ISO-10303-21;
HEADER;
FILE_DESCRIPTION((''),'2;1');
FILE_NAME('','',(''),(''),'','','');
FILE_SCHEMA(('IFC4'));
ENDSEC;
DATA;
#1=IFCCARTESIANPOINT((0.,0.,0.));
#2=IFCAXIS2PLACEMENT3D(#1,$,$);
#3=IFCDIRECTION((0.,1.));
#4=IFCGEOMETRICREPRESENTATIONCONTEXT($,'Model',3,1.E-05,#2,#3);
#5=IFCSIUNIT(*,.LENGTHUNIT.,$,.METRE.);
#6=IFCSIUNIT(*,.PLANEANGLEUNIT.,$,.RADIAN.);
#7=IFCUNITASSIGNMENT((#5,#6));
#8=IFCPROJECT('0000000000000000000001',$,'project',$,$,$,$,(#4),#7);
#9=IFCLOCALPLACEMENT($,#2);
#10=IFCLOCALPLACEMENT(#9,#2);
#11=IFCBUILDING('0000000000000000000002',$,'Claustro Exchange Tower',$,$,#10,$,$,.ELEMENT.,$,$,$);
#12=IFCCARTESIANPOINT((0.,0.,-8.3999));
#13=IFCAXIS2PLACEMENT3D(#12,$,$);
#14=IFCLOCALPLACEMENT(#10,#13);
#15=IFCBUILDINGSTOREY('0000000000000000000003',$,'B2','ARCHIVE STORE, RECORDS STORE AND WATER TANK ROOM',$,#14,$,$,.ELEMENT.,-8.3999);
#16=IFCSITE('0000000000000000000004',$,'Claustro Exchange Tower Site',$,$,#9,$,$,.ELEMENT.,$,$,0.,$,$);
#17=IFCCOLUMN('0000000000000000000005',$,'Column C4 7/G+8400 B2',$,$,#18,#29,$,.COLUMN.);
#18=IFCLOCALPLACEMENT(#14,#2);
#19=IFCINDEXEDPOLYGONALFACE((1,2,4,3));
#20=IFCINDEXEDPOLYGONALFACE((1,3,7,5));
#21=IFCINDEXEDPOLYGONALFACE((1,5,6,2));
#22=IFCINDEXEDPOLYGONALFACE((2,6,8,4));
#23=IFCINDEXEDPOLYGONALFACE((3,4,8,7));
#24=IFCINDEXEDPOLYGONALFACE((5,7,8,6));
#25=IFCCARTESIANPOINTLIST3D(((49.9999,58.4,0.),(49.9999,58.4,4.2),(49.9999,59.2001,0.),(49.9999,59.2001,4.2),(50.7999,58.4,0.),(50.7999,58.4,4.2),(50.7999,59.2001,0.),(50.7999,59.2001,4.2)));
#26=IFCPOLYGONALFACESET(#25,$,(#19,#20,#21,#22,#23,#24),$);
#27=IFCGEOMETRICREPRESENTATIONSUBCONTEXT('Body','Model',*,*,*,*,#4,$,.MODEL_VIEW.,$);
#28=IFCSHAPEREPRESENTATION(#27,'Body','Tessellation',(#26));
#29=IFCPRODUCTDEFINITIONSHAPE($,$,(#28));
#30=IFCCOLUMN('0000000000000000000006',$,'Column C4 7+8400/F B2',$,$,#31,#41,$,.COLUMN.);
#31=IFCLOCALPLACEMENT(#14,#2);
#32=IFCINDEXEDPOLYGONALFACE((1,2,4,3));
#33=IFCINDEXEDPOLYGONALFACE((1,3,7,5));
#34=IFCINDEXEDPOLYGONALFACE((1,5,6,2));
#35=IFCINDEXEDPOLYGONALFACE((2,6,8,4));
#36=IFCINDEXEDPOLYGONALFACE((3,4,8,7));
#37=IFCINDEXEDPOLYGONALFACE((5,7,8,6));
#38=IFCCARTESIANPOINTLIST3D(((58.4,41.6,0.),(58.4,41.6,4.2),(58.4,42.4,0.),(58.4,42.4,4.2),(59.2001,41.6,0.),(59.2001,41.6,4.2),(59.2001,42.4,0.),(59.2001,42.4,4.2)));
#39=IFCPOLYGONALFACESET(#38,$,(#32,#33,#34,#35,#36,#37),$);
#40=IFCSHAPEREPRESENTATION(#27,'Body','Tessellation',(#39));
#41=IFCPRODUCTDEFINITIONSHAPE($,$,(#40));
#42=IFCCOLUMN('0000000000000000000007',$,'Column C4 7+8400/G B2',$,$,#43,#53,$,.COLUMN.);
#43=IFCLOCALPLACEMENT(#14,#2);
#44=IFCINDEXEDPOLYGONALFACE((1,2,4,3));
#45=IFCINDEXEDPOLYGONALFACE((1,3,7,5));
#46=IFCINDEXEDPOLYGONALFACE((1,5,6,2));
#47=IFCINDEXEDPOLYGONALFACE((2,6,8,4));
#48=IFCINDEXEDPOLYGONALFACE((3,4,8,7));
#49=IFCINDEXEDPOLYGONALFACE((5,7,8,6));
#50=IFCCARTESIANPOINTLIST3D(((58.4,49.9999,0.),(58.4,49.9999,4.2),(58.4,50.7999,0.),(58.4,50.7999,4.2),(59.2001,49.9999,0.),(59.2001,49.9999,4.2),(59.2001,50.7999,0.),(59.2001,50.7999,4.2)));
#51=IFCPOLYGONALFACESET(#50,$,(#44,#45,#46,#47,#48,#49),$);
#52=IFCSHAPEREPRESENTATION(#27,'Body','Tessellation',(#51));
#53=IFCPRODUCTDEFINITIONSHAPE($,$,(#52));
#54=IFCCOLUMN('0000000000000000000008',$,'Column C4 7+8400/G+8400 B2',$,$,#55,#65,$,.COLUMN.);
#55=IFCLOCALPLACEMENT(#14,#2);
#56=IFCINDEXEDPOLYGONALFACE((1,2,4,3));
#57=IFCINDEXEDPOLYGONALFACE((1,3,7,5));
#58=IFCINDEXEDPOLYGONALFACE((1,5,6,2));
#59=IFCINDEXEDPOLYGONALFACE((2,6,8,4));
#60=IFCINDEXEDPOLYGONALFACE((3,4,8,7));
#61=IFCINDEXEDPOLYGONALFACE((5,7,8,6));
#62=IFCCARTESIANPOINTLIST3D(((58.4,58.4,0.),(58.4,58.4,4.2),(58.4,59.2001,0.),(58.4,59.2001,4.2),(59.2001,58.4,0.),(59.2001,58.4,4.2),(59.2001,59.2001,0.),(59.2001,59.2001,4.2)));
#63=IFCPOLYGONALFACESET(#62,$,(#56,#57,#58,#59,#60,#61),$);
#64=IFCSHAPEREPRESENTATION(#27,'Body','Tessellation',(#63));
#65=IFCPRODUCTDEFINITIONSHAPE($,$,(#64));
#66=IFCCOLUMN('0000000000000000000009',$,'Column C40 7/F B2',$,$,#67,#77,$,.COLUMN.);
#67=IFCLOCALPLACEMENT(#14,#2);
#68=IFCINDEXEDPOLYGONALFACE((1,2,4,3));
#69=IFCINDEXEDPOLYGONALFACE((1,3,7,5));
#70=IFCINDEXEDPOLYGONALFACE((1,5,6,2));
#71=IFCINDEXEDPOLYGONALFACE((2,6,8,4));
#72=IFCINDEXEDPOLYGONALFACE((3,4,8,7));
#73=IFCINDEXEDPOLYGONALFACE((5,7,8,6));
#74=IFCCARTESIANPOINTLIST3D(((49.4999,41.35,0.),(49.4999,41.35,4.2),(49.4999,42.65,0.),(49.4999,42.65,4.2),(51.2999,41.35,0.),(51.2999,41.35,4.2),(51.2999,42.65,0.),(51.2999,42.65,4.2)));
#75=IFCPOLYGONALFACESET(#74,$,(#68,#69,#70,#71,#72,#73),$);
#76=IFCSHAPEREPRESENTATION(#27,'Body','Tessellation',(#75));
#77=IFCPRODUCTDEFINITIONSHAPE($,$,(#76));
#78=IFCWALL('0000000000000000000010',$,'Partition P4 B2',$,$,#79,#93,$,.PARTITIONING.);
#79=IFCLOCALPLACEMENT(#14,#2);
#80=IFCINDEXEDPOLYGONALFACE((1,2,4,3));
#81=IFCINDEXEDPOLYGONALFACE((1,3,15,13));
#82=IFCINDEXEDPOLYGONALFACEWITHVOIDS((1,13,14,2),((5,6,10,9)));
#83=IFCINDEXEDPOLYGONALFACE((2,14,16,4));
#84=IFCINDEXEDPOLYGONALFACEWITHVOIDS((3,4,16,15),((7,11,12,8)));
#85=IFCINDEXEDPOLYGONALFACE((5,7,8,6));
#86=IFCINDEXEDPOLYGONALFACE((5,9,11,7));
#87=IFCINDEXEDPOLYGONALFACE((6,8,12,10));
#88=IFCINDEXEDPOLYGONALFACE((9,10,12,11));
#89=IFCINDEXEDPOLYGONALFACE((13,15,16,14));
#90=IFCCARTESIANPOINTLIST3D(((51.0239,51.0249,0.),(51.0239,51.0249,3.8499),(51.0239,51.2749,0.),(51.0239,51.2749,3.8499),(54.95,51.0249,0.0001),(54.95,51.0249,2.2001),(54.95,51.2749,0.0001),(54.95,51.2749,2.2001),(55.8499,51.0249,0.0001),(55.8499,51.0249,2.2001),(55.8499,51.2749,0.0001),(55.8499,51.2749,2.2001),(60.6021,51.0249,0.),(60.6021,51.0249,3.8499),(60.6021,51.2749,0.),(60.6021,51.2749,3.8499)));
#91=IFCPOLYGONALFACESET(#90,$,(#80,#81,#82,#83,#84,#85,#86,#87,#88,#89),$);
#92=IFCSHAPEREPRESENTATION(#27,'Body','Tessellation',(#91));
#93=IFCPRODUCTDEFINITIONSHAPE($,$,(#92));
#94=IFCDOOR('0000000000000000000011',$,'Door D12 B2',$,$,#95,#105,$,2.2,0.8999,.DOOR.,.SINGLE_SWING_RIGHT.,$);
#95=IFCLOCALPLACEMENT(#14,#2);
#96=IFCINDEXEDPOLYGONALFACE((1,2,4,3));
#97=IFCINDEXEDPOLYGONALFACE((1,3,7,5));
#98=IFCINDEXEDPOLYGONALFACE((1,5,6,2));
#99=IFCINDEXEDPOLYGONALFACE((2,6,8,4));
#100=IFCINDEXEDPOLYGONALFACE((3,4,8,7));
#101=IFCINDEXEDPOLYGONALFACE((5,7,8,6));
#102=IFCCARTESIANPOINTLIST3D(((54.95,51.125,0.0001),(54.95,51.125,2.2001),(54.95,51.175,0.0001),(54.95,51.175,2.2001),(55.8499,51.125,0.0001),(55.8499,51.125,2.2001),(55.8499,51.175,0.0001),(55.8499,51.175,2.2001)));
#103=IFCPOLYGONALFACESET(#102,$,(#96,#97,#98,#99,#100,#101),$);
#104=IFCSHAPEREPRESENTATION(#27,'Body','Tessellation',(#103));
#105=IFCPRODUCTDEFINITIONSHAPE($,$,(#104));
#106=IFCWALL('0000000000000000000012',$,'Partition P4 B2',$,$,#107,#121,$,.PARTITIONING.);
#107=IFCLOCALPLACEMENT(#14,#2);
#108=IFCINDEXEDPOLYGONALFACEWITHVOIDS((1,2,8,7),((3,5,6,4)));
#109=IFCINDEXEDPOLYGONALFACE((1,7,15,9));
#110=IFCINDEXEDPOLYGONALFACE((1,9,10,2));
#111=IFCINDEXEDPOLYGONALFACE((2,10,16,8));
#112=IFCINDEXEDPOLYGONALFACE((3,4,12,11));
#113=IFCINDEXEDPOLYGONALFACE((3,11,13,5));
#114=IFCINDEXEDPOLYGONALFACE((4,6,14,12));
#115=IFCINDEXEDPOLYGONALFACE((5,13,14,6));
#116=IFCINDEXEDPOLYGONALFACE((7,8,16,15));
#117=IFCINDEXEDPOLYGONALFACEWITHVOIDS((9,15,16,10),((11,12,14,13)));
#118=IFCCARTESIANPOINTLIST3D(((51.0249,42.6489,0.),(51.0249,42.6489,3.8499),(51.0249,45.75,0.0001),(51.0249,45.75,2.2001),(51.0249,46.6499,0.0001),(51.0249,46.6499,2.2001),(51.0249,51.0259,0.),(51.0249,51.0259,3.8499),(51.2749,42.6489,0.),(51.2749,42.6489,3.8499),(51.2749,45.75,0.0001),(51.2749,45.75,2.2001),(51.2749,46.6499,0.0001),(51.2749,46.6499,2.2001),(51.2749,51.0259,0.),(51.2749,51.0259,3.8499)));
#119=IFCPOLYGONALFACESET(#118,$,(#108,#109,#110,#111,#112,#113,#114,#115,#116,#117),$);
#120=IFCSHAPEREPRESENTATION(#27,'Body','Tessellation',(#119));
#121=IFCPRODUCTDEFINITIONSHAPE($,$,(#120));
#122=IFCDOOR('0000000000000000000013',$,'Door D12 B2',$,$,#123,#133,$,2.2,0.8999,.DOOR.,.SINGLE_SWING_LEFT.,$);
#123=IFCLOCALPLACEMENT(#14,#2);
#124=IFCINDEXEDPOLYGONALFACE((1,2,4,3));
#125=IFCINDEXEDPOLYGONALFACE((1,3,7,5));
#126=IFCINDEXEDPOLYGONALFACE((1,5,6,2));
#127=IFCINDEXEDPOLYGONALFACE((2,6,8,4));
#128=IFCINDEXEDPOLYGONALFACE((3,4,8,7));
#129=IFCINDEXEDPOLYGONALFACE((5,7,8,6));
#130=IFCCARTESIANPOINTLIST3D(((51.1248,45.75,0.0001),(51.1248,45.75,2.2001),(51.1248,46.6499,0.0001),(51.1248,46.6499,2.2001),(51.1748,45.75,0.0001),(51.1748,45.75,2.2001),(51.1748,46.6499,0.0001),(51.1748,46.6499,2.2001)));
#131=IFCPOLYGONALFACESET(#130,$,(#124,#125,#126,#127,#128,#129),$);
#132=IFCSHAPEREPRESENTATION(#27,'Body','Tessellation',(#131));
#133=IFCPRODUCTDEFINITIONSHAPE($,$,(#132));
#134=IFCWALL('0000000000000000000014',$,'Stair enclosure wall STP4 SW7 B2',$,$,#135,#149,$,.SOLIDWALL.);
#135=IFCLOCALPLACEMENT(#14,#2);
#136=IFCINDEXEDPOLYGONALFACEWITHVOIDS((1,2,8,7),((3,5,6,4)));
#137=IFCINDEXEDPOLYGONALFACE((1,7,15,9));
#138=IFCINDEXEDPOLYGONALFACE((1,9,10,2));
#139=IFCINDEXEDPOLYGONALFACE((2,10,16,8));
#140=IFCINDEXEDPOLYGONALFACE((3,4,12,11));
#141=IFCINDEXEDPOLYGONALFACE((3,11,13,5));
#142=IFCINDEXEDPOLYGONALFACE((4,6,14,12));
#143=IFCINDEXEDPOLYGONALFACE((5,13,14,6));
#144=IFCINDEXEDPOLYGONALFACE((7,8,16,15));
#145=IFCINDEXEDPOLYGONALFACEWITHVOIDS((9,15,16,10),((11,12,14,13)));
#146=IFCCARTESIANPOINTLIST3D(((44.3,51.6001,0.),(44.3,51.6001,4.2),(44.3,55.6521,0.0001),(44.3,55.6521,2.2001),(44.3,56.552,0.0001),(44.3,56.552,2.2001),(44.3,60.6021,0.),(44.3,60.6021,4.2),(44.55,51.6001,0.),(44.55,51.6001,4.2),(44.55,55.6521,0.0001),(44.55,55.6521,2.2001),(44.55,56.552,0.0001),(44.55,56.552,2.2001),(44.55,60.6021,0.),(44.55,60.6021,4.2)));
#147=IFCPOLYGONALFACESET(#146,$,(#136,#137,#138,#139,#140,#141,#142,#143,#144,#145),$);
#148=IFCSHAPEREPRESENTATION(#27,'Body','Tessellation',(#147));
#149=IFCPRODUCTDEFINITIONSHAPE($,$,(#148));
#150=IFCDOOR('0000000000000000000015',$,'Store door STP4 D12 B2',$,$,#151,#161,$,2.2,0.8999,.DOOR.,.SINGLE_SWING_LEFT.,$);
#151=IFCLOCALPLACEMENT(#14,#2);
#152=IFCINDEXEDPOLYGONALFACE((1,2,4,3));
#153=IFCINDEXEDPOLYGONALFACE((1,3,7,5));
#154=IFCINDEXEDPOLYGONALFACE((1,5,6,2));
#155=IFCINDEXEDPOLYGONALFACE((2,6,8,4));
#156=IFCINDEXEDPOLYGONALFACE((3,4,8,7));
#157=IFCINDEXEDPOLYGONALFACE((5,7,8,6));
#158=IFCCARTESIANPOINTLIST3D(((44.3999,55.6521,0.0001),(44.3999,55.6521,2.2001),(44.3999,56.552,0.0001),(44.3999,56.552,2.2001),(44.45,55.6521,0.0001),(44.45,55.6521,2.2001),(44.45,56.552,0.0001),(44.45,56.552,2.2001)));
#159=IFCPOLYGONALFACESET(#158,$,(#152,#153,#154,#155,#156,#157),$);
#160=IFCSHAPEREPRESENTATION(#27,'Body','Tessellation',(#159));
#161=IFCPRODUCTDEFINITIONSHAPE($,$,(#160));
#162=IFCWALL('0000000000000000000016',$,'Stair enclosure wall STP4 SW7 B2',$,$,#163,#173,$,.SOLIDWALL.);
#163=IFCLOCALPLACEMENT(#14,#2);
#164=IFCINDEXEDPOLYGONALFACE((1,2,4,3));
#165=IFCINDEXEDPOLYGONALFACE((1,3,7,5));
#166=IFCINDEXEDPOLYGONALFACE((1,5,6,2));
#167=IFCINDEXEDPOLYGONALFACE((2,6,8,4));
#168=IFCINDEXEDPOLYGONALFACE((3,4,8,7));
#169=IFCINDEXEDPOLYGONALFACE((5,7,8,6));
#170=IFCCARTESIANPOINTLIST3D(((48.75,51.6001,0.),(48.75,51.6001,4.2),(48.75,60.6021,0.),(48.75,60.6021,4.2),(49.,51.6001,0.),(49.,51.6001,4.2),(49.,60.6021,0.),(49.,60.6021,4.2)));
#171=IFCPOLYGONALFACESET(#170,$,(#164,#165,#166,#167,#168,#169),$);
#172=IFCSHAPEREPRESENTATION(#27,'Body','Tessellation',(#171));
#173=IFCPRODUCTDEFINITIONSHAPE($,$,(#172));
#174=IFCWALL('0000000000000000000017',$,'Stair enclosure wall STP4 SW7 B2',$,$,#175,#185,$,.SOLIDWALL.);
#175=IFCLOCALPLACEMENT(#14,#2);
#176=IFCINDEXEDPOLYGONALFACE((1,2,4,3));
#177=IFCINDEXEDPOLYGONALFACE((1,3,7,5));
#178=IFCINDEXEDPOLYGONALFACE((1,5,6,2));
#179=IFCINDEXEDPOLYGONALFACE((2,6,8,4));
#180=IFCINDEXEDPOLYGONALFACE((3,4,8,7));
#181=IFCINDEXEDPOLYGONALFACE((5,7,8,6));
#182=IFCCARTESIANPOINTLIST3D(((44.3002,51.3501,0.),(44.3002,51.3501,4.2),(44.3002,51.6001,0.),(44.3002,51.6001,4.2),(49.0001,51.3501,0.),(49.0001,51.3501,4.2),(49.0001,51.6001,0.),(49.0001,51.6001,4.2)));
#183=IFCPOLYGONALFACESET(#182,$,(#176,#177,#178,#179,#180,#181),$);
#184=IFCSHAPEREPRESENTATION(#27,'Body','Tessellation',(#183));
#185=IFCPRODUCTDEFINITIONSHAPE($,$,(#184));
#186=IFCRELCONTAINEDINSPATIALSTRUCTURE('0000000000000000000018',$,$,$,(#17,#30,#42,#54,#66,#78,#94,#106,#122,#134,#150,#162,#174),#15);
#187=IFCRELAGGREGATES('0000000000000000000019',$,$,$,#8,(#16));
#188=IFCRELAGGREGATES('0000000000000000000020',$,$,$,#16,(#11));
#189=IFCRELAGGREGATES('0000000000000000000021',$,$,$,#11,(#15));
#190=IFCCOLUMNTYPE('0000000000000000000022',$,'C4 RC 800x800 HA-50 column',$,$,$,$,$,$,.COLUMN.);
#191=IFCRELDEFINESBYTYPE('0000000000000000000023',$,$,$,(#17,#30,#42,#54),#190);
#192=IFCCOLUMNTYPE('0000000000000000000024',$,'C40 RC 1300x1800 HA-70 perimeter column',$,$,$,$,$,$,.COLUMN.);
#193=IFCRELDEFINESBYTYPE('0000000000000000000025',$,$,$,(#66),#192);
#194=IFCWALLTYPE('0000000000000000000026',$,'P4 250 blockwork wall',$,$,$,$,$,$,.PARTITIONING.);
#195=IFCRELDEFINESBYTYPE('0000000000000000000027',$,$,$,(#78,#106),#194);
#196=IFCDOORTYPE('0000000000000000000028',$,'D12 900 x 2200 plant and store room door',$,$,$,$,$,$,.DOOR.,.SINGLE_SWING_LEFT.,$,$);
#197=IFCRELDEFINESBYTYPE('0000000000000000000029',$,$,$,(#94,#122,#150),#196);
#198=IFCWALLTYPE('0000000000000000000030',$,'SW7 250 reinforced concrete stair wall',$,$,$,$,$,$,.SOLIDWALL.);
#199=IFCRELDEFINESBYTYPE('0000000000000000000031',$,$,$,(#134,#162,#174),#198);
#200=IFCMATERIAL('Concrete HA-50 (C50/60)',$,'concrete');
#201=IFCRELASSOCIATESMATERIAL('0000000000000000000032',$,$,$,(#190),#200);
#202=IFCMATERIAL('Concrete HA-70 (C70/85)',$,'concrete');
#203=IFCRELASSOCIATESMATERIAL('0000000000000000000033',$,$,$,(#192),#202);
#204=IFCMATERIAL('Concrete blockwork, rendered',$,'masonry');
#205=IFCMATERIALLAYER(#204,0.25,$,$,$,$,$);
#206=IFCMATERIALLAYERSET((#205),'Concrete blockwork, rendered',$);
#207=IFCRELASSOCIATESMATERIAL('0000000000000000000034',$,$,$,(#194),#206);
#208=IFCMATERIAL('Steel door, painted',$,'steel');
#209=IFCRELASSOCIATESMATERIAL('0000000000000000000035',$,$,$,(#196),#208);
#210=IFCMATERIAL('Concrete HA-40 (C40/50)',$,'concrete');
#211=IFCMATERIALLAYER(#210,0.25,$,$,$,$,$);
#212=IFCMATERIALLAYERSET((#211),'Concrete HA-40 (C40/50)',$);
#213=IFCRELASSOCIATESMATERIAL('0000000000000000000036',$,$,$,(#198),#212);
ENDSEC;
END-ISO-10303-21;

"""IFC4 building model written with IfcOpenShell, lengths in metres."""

from ifc_helpers import new_model, si_unit, direction, frame, frame_2d, origin, origin_2d, place, context, subcontext, project, spatial, rectangle, extrude, material, layer, layer_set, material_profile, profile_set, type_object, element, fill, save


model = new_model("IFC4")

# Units and contexts
model_context = context("Model", 3, precision=1e-05, world=origin(), true_north=direction((0.0, 1.0)))
body_context = subcontext(model_context, "Body", "Model", "MODEL_VIEW")
ifc_project = project(units=[si_unit("LENGTHUNIT", "METRE"), si_unit("PLANEANGLEUNIT", "RADIAN")], contexts=[model_context])

# Site, building, storey
site_placement = place(None, origin())
site = spatial("IfcSite", under=ifc_project, at=site_placement, Name="Claustro Exchange Tower Site", CompositionType="ELEMENT", RefElevation=0.0)
building_placement = place(site_placement, origin())
building = spatial("IfcBuilding", under=site, at=building_placement, Name="Claustro Exchange Tower", CompositionType="ELEMENT")
storey_placement = place(building_placement, frame((0.0, 0.0, -8.3999)))
storey = spatial("IfcBuildingStorey", under=building, at=storey_placement, Name="B2", Description="ARCHIVE STORE, RECORDS STORE AND WATER TANK ROOM", CompositionType="ELEMENT", Elevation=-8.3999)

# Columns
ifc_material_1 = material(Name="Concrete HA-50 (C50/60)", Category="concrete")
ifc_material_profile_1 = material_profile(ifc_material_1, rectangle(XDim=0.8, YDim=0.8, at=origin_2d()), Name="RC 800x800")
ifc_profile_set_1 = profile_set([ifc_material_profile_1], Name="Concrete HA-50 (C50/60)")
column_type_1 = type_object("IfcColumnType", Name="C4 RC 800x800 HA-50 column", PredefinedType="COLUMN", material=ifc_profile_set_1)
for number, where, z_axis, x_axis, name in (
    (1, (50.3999, 58.8, 0.0), (0.0, 0.0, 1.0), (1.0, 0.0, 0.0), "Column C4 7/G+8400 B2"),
    (2, (58.8, 42.0, 0.0), (0.0, 0.0, 1.0), (1.0, 0.0, 0.0), "Column C4 7+8400/F B2"),
    (3, (58.8, 50.3999, 0.0), (0.0, 0.0, 1.0), (1.0, 0.0, 0.0), "Column C4 7+8400/G B2"),
    (4, (58.8, 58.8, 0.0), (0.0, 0.0, 1.0), (1.0, 0.0, 0.0), "Column C4 7+8400/G+8400 B2"),
):
    element("IfcColumn", number, at=place(storey_placement, frame(where, z_axis=z_axis, x_axis=x_axis)), inside=storey, type_object=column_type_1, Name=name, PredefinedType="COLUMN", context=body_context, shape_type="SweptSolid", body=[
        extrude(rectangle(XDim=0.8, YDim=0.8, at=origin_2d()), origin(), (0.0, 0.0, 1.0), 4.2),
    ])
ifc_material_2 = material(Name="Concrete HA-70 (C70/85)", Category="concrete")
ifc_material_profile_2 = material_profile(ifc_material_2, rectangle(XDim=1.3, YDim=1.8, at=origin_2d()), Name="RC 1300x1800")
ifc_profile_set_2 = profile_set([ifc_material_profile_2], Name="Concrete HA-70 (C70/85)")
column_type_2 = type_object("IfcColumnType", Name="C40 RC 1300x1800 HA-70 perimeter column", PredefinedType="COLUMN", material=ifc_profile_set_2)
column_1_placement = place(storey_placement, frame((50.3999, 42.0, 0.0), z_axis=(0.0, 0.0, 1.0), x_axis=(0.0, 1.0, 0.0)))
element("IfcColumn", 5, at=column_1_placement, inside=storey, type_object=column_type_2, Name="Column C40 7/F B2", PredefinedType="COLUMN", context=body_context, shape_type="SweptSolid", body=[
    extrude(rectangle(XDim=1.3, YDim=1.8, at=origin_2d()), origin(), (0.0, 0.0, 1.0), 4.2),
])

# Walls, openings, doors
ifc_material_3 = material(Name="Concrete blockwork, rendered", Category="masonry")
ifc_layer_1 = layer(ifc_material_3, 0.25)
ifc_layer_set_1 = layer_set([ifc_layer_1], Name="Concrete blockwork, rendered")
wall_type_1 = type_object("IfcWallType", Name="P4 250 blockwork wall", PredefinedType="PARTITIONING", material=ifc_layer_set_1)
wall_1_placement = place(storey_placement, frame((51.0239, 51.1499, 0.0), z_axis=(0.0, 0.0, 1.0), x_axis=(1.0, 0.0, 0.0)))
wall_1 = element("IfcWall", 6, at=wall_1_placement, inside=storey, type_object=wall_type_1, Name="Partition P4 B2", PredefinedType="PARTITIONING", context=body_context, shape_type="SweptSolid", body=[
    extrude(rectangle(XDim=9.5781, YDim=0.25, at=frame_2d((4.7891, 0.0))), origin(), (0.0, 0.0, 1.0), 3.8499),
])
opening_1_placement = place(wall_1_placement, frame((3.926, 0.0, 0.0)))
opening_1 = element("IfcOpeningElement", 7, at=opening_1_placement, cuts=wall_1, PredefinedType="OPENING", context=body_context, shape_type="SweptSolid", body=[
    extrude(rectangle(XDim=0.8999, YDim=2.2, at=frame_2d((0.45, 1.1001))), frame((0.0, 0.135, 0.0), z_axis=(0.0, -1.0, 0.0), x_axis=(1.0, 0.0, 0.0)), (0.0, 0.0, 1.0), 0.27),
])
ifc_material_4 = material(Name="Steel door, painted", Category="steel")
door_type = type_object("IfcDoorType", Name="D12 900 x 2200 plant and store room door", OperationType="SINGLE_SWING_LEFT", PredefinedType="DOOR", material=ifc_material_4)
door_1_placement = place(opening_1_placement, frame((0.8999, 0.0, 0.0), z_axis=(0.0, 0.0, 1.0), x_axis=(-1.0, 0.0, 0.0)))
door_1 = element("IfcDoor", 8, at=door_1_placement, inside=storey, type_object=door_type, Name="Door D12 B2", OperationType="SINGLE_SWING_RIGHT", OverallHeight=2.2, OverallWidth=0.8999, PredefinedType="DOOR", context=body_context, shape_type="SweptSolid", body=[
    extrude(rectangle(XDim=0.8999, YDim=2.2, at=frame_2d((0.45, 1.1001))), frame((0.0, 0.0249, 0.0), z_axis=(0.0, -1.0, 0.0), x_axis=(1.0, 0.0, 0.0)), (0.0, 0.0, 1.0), 0.05),
])
fill(opening_1, door_1)
wall_2_placement = place(storey_placement, frame((51.1499, 42.6489, 0.0), z_axis=(0.0, 0.0, 1.0), x_axis=(0.0, 1.0, 0.0)))
wall_2 = element("IfcWall", 9, at=wall_2_placement, inside=storey, type_object=wall_type_1, Name="Partition P4 B2", PredefinedType="PARTITIONING", context=body_context, shape_type="SweptSolid", body=[
    extrude(rectangle(XDim=8.377, YDim=0.25, at=frame_2d((4.1885, 0.0))), origin(), (0.0, 0.0, 1.0), 3.8499),
])
opening_2_placement = place(wall_2_placement, frame((3.1011, 0.0, 0.0)))
opening_2 = element("IfcOpeningElement", 10, at=opening_2_placement, cuts=wall_2, PredefinedType="OPENING", context=body_context, shape_type="SweptSolid", body=[
    extrude(rectangle(XDim=0.8999, YDim=2.2, at=frame_2d((0.45, 1.1001))), frame((0.0, 0.135, 0.0), z_axis=(0.0, -1.0, 0.0), x_axis=(1.0, 0.0, 0.0)), (0.0, 0.0, 1.0), 0.27),
])
door_2_placement = place(opening_2_placement, frame((0.8999, 0.0, 0.0), z_axis=(0.0, 0.0, 1.0), x_axis=(-1.0, 0.0, 0.0)))
door_2 = element("IfcDoor", 11, at=door_2_placement, inside=storey, type_object=door_type, Name="Door D12 B2", OperationType="SINGLE_SWING_LEFT", OverallHeight=2.2, OverallWidth=0.8999, PredefinedType="DOOR", context=body_context, shape_type="SweptSolid", body=[
    extrude(rectangle(XDim=0.8999, YDim=2.2, at=frame_2d((0.45, 1.1001))), frame((0.0, 0.0249, 0.0), z_axis=(0.0, -1.0, 0.0), x_axis=(1.0, 0.0, 0.0)), (0.0, 0.0, 1.0), 0.05),
])
fill(opening_2, door_2)
ifc_material_5 = material(Name="Concrete HA-40 (C40/50)", Category="concrete")
ifc_layer_2 = layer(ifc_material_5, 0.25)
ifc_layer_set_2 = layer_set([ifc_layer_2], Name="Concrete HA-40 (C40/50)")
wall_type_2 = type_object("IfcWallType", Name="SW7 250 reinforced concrete stair wall", PredefinedType="SOLIDWALL", material=ifc_layer_set_2)
wall_3_placement = place(storey_placement, frame((44.425, 60.6021, 0.0), z_axis=(0.0, 0.0, 1.0), x_axis=(0.0, -1.0, 0.0)))
wall_3 = element("IfcWall", 12, at=wall_3_placement, inside=storey, type_object=wall_type_2, Name="Stair enclosure wall STP4 SW7 B2", PredefinedType="SOLIDWALL", context=body_context, shape_type="SweptSolid", body=[
    extrude(rectangle(XDim=9.002, YDim=0.25, at=frame_2d((4.501, 0.0))), origin(), (0.0, 0.0, 1.0), 4.2),
])
opening_3_placement = place(wall_3_placement, frame((4.05, 0.0, 0.0)))
opening_3 = element("IfcOpeningElement", 13, at=opening_3_placement, cuts=wall_3, PredefinedType="OPENING", context=body_context, shape_type="SweptSolid", body=[
    extrude(rectangle(XDim=0.8999, YDim=2.2, at=frame_2d((0.45, 1.1001))), frame((0.0, 0.135, 0.0), z_axis=(0.0, -1.0, 0.0), x_axis=(1.0, 0.0, 0.0)), (0.0, 0.0, 1.0), 0.27),
])
door_3_placement = place(opening_3_placement, origin())
door_3 = element("IfcDoor", 14, at=door_3_placement, inside=storey, type_object=door_type, Name="Store door STP4 D12 B2", OperationType="SINGLE_SWING_LEFT", OverallHeight=2.2, OverallWidth=0.8999, PredefinedType="DOOR", context=body_context, shape_type="SweptSolid", body=[
    extrude(rectangle(XDim=0.8999, YDim=2.2, at=frame_2d((0.45, 1.1001))), frame((0.0, 0.0249, 0.0), z_axis=(0.0, -1.0, 0.0), x_axis=(1.0, 0.0, 0.0)), (0.0, 0.0, 1.0), 0.05),
])
fill(opening_3, door_3)

# Walls
wall_4_placement = place(storey_placement, frame((48.875, 60.6021, 0.0), z_axis=(0.0, 0.0, 1.0), x_axis=(0.0, -1.0, 0.0)))
element("IfcWall", 15, at=wall_4_placement, inside=storey, type_object=wall_type_2, Name="Stair enclosure wall STP4 SW7 B2", PredefinedType="SOLIDWALL", context=body_context, shape_type="SweptSolid", body=[
    extrude(rectangle(XDim=9.002, YDim=0.25, at=frame_2d((4.501, 0.0))), origin(), (0.0, 0.0, 1.0), 4.2),
])
wall_5_placement = place(storey_placement, frame((44.3, 51.4751, 0.0), z_axis=(0.0, 0.0, 1.0), x_axis=(1.0, 0.0, 0.0)))
element("IfcWall", 16, at=wall_5_placement, inside=storey, type_object=wall_type_2, Name="Stair enclosure wall STP4 SW7 B2", PredefinedType="SOLIDWALL", context=body_context, shape_type="SweptSolid", body=[
    extrude(rectangle(XDim=4.7, YDim=0.25, at=frame_2d((2.3501, 0.0))), origin(), (0.0, 0.0, 1.0), 4.2),
])

save(model, "model.ifc")
